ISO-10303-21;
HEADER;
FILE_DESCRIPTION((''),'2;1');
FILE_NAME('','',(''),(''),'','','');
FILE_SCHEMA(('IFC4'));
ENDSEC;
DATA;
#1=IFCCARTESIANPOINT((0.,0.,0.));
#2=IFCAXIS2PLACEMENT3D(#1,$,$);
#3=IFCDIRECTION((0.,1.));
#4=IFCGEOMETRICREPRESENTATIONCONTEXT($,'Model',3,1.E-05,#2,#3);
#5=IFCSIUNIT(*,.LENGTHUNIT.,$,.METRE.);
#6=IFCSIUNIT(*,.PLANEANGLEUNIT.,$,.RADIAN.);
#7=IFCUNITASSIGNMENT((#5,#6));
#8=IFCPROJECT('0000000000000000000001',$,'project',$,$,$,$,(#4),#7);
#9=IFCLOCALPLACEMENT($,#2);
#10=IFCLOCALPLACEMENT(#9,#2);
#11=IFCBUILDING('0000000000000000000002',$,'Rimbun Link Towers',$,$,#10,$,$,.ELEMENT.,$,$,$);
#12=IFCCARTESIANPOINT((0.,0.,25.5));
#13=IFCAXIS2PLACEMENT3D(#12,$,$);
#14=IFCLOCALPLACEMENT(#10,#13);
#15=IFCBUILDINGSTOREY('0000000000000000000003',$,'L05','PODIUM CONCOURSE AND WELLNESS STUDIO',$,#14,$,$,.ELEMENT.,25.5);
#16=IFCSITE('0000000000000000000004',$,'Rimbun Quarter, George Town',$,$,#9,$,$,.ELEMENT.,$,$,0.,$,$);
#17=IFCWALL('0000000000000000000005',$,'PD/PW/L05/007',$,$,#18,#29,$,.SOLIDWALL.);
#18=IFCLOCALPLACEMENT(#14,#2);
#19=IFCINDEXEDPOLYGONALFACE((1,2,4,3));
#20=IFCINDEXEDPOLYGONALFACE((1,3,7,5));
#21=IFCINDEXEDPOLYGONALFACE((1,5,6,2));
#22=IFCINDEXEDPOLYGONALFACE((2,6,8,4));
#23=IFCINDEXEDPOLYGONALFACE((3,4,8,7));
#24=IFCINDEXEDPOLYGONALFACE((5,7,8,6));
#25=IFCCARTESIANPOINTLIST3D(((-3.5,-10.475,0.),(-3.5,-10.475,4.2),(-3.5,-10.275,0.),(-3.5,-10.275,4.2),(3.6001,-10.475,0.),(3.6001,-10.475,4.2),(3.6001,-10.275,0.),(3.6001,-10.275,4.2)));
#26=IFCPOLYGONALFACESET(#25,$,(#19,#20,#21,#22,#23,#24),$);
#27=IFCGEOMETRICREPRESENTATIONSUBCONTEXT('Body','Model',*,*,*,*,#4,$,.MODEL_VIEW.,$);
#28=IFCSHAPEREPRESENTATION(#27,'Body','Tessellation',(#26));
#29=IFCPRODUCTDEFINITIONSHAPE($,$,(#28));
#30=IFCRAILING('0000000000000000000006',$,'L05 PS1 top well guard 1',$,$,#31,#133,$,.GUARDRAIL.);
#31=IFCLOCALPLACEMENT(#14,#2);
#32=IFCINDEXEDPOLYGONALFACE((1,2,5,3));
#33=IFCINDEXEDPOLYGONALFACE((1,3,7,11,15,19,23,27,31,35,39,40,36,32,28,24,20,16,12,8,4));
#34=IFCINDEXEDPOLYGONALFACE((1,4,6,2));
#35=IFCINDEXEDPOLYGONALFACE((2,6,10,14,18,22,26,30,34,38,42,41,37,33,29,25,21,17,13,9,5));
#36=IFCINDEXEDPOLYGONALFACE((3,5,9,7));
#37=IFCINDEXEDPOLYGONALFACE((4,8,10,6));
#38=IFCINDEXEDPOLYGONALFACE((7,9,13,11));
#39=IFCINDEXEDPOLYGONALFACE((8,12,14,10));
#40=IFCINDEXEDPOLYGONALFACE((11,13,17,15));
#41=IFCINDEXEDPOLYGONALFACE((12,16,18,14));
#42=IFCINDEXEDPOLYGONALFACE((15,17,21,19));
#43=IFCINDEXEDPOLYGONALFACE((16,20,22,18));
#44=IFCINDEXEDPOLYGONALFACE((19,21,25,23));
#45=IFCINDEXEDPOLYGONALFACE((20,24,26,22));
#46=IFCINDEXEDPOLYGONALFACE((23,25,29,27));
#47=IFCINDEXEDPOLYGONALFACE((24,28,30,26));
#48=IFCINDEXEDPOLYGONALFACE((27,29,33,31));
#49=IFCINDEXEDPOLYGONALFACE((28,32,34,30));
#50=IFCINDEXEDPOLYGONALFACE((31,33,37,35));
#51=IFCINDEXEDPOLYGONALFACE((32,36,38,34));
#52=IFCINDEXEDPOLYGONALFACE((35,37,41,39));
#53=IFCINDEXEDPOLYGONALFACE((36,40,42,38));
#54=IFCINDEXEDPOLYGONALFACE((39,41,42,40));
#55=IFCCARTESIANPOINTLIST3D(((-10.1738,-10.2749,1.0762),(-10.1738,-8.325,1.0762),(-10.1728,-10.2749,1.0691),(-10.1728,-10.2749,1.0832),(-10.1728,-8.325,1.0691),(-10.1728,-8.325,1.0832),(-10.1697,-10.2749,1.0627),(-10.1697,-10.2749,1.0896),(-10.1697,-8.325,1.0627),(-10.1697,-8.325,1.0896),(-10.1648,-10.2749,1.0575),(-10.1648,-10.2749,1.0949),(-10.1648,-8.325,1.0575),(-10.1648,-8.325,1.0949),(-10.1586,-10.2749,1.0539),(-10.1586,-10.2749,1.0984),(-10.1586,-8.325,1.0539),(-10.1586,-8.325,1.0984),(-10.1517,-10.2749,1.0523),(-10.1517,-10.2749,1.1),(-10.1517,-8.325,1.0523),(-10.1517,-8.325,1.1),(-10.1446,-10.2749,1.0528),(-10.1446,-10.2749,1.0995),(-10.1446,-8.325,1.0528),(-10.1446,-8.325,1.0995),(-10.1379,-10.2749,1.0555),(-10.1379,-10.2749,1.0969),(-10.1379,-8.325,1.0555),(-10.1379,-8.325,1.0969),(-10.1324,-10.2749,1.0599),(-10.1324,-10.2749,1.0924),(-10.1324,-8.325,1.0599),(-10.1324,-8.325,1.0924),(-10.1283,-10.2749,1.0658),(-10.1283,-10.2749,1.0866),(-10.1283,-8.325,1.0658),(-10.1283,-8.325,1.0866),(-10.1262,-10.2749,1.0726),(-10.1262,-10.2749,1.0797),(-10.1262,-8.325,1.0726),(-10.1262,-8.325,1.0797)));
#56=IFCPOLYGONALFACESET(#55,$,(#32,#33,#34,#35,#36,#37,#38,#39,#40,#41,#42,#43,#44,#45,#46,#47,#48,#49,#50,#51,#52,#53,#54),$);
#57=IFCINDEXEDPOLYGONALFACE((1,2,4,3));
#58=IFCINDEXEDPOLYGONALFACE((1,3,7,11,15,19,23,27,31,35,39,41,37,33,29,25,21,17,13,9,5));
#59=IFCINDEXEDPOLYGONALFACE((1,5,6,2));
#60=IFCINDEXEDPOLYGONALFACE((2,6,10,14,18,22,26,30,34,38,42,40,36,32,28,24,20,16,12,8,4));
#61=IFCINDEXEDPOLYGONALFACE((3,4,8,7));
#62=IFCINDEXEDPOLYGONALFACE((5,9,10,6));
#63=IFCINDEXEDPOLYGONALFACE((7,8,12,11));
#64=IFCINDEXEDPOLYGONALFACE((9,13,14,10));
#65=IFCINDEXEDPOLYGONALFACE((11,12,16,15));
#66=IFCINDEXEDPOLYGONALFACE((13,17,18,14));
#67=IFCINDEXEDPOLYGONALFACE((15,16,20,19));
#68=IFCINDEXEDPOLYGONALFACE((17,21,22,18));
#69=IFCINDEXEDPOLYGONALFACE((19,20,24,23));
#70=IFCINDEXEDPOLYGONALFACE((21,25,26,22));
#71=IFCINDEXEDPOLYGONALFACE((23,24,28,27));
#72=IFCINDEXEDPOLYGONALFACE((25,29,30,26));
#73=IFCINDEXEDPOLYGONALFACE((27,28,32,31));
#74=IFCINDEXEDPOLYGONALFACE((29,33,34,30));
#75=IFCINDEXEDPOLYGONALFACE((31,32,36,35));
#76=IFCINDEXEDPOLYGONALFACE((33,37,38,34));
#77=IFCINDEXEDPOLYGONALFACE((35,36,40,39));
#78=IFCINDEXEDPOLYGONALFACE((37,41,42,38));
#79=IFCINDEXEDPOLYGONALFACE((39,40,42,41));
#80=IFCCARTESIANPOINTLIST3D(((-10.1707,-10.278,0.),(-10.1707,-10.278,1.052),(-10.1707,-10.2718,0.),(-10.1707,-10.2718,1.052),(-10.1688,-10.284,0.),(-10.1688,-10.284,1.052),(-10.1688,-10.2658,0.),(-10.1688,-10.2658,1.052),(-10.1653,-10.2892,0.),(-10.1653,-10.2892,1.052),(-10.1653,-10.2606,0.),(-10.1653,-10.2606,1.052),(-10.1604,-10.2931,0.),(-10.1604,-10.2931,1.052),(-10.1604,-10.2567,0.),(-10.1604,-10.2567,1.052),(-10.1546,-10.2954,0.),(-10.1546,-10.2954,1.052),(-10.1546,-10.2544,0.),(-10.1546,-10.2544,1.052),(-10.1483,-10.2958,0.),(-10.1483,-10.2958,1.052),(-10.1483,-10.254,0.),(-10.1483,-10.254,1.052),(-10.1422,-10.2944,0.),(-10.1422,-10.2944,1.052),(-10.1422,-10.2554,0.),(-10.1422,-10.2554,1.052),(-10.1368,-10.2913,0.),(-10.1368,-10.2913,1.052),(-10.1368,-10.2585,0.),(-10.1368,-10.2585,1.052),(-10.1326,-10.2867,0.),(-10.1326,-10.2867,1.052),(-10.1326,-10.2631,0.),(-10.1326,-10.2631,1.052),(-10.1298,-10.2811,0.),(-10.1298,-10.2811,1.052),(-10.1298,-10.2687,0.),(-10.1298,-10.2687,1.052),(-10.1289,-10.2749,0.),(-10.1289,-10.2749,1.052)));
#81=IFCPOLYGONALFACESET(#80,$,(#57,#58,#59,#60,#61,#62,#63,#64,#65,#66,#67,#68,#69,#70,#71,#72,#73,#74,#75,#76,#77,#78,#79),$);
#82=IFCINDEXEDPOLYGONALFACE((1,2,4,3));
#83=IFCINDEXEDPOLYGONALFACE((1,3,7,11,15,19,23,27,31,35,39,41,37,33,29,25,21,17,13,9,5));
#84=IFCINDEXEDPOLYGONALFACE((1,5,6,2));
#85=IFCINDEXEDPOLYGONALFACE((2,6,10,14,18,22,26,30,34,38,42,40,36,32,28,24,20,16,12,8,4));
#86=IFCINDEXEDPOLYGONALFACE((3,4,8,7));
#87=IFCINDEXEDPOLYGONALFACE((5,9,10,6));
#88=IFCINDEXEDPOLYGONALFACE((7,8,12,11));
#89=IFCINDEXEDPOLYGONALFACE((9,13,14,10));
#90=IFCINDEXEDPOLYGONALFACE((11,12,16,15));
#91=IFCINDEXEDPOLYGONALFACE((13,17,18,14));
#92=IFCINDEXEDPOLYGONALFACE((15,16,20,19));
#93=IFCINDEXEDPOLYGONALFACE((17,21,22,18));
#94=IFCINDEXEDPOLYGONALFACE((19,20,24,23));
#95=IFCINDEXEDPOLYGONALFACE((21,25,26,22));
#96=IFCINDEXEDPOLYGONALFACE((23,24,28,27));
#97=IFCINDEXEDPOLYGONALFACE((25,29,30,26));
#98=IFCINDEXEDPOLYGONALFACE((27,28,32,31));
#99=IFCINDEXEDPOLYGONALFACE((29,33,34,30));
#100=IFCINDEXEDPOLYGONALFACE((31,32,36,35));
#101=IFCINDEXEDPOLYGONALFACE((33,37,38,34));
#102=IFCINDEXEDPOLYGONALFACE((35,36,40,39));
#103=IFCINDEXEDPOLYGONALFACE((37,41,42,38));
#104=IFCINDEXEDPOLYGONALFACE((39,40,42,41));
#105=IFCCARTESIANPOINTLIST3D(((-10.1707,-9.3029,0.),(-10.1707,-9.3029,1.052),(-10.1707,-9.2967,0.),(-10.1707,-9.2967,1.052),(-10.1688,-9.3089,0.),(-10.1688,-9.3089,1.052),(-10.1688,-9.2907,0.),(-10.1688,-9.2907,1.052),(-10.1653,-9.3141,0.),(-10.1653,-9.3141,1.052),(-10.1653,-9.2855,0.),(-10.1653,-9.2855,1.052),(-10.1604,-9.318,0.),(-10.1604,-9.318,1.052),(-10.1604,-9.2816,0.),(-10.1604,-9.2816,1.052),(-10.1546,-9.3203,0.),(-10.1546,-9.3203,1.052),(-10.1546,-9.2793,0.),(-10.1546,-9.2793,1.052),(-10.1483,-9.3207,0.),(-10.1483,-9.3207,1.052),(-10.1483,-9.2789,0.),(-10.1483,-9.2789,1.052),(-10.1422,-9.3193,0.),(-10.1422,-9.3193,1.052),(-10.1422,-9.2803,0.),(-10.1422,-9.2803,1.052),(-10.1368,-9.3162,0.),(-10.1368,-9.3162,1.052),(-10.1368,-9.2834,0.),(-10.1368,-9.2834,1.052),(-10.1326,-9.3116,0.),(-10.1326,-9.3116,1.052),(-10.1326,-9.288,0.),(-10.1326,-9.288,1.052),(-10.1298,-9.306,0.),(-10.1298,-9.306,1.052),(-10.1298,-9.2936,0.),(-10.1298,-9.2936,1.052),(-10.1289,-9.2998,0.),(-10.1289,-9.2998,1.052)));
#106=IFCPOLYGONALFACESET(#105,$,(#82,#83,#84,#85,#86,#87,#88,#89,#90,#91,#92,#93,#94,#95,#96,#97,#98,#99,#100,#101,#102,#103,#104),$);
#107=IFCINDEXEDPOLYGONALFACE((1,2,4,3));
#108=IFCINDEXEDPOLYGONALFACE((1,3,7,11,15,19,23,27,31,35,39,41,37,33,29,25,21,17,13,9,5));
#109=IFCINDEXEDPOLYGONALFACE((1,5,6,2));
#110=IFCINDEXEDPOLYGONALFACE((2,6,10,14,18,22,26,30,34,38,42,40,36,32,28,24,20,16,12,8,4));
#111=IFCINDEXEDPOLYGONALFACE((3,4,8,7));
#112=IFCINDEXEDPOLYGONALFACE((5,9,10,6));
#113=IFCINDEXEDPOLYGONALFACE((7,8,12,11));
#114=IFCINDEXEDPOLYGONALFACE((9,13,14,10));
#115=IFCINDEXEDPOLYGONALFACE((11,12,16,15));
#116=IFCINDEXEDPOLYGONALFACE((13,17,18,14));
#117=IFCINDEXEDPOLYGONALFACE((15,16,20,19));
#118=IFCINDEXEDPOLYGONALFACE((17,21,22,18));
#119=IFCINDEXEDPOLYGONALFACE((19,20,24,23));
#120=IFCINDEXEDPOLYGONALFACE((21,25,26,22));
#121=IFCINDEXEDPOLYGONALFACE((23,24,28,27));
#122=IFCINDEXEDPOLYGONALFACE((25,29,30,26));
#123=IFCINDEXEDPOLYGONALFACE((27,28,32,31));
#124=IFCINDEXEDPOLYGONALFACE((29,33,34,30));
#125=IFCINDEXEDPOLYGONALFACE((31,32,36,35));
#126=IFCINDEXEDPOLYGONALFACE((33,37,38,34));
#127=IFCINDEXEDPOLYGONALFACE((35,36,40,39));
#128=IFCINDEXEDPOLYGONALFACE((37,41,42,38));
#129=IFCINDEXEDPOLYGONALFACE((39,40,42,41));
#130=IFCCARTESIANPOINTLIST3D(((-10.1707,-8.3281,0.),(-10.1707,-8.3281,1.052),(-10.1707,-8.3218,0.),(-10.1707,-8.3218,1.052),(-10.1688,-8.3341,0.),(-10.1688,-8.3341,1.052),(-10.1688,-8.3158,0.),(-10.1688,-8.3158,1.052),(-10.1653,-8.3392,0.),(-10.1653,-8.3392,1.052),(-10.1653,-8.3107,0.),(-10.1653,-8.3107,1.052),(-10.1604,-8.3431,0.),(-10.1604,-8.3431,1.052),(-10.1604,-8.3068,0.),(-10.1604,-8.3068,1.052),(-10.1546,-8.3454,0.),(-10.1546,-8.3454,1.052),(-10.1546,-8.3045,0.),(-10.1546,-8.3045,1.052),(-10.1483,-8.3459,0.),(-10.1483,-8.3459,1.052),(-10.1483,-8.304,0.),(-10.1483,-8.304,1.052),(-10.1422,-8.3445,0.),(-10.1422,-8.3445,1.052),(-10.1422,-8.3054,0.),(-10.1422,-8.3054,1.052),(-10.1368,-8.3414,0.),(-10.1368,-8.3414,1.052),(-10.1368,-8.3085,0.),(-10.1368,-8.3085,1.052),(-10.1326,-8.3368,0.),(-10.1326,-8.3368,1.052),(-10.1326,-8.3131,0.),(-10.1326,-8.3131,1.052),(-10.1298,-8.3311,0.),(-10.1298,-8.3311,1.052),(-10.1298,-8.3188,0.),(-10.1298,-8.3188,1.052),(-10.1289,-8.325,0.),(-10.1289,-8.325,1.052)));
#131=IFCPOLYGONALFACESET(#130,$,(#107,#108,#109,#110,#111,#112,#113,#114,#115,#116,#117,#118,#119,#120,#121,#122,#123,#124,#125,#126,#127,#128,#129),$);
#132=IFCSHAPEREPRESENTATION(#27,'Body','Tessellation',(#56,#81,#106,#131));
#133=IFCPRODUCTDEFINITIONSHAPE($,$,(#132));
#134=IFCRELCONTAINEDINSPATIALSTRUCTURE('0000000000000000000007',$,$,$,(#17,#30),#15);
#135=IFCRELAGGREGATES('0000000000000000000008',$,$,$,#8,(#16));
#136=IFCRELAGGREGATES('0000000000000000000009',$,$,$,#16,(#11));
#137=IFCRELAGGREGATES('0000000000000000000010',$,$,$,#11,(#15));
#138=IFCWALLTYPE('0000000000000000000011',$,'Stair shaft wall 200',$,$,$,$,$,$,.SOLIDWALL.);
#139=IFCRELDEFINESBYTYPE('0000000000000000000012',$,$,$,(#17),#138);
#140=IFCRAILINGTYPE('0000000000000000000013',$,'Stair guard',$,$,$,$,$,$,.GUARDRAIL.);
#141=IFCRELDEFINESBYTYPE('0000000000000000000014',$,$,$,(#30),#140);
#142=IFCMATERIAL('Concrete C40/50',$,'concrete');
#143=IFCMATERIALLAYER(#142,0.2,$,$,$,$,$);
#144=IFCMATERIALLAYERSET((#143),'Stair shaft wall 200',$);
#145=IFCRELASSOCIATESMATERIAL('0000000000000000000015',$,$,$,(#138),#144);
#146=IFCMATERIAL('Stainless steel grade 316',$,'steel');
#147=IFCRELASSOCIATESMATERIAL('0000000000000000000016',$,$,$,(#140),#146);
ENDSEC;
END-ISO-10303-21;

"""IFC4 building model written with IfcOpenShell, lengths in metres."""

from ifc_helpers import new_model, si_unit, direction, frame, frame_2d, origin, origin_2d, place, context, subcontext, project, spatial, rectangle, circle, extrude, material, layer, layer_set, type_object, element, save


model = new_model("IFC4")

# Units and contexts
model_context = context("Model", 3, precision=1e-05, world=origin(), true_north=direction((0.0, 1.0)))
body_context = subcontext(model_context, "Body", "Model", "MODEL_VIEW")
ifc_project = project(units=[si_unit("LENGTHUNIT", "METRE"), si_unit("PLANEANGLEUNIT", "RADIAN")], contexts=[model_context])

# Site, building, storey
site_placement = place(None, origin())
site = spatial("IfcSite", under=ifc_project, at=site_placement, Name="Rimbun Quarter, George Town", CompositionType="ELEMENT", RefElevation=0.0)
building_placement = place(site_placement, origin())
building = spatial("IfcBuilding", under=site, at=building_placement, Name="Rimbun Link Towers", CompositionType="ELEMENT")
storey_placement = place(building_placement, frame((0.0, 0.0, 25.5)))
storey = spatial("IfcBuildingStorey", under=building, at=storey_placement, Name="L05", Description="PODIUM CONCOURSE AND WELLNESS STUDIO", CompositionType="ELEMENT", Elevation=25.5)

# Shared definitions
ifc_material_1 = material(Name="Concrete C40/50", Category="concrete")
ifc_layer_1 = layer(ifc_material_1, 0.2)
ifc_layer_set_1 = layer_set([ifc_layer_1], Name="Stair shaft wall 200")
wall_type_1 = type_object("IfcWallType", Name="Stair shaft wall 200", PredefinedType="SOLIDWALL", material=ifc_layer_set_1)

# Wall
wall_1_placement = place(storey_placement, frame((-3.5, -10.375, 0.0), z_axis=(0.0, 0.0, 1.0), x_axis=(1.0, 0.0, 0.0)))
element("IfcWall", 1, at=wall_1_placement, inside=storey, type_object=wall_type_1, Name="PD/PW/L05/007", PredefinedType="SOLIDWALL", context=body_context, shape_type="SweptSolid", body=[
    extrude(rectangle(XDim=7.1001, YDim=0.2, at=frame_2d((3.55, 0.0))), origin(), (0.0, 0.0, 1.0), 4.2),
])

# Railing
ifc_material_2 = material(Name="Stainless steel grade 316", Category="steel")
railing_type = type_object("IfcRailingType", Name="Stair guard", PredefinedType="GUARDRAIL", material=ifc_material_2)
for number, where, name in (
    (2, (-10.1499, -10.2749, 0.0), "L05 PS1 top well guard 1"),
):
    element("IfcRailing", number, at=place(storey_placement, frame(where)), inside=storey, type_object=railing_type, Name=name, PredefinedType="GUARDRAIL", context=body_context, shape_type="SweptSolid", body=[
        extrude(circle(Radius=0.0239, at=origin_2d()), frame((0.0, 0.0, 1.0762), z_axis=(0.0, 1.0, 0.0), x_axis=(-1.0, 0.0, 0.0)), (0.0, 0.0, 1.0), 1.95),
        extrude(circle(Radius=0.021, at=origin_2d()), origin(), (0.0, 0.0, 1.0), 1.052),
        extrude(circle(Radius=0.021, at=origin_2d()), frame((0.0, 0.9751, 0.0)), (0.0, 0.0, 1.0), 1.052),
        extrude(circle(Radius=0.021, at=origin_2d()), frame((0.0, 1.95, 0.0)), (0.0, 0.0, 1.0), 1.052),
    ])

save(model, "model.ifc")
